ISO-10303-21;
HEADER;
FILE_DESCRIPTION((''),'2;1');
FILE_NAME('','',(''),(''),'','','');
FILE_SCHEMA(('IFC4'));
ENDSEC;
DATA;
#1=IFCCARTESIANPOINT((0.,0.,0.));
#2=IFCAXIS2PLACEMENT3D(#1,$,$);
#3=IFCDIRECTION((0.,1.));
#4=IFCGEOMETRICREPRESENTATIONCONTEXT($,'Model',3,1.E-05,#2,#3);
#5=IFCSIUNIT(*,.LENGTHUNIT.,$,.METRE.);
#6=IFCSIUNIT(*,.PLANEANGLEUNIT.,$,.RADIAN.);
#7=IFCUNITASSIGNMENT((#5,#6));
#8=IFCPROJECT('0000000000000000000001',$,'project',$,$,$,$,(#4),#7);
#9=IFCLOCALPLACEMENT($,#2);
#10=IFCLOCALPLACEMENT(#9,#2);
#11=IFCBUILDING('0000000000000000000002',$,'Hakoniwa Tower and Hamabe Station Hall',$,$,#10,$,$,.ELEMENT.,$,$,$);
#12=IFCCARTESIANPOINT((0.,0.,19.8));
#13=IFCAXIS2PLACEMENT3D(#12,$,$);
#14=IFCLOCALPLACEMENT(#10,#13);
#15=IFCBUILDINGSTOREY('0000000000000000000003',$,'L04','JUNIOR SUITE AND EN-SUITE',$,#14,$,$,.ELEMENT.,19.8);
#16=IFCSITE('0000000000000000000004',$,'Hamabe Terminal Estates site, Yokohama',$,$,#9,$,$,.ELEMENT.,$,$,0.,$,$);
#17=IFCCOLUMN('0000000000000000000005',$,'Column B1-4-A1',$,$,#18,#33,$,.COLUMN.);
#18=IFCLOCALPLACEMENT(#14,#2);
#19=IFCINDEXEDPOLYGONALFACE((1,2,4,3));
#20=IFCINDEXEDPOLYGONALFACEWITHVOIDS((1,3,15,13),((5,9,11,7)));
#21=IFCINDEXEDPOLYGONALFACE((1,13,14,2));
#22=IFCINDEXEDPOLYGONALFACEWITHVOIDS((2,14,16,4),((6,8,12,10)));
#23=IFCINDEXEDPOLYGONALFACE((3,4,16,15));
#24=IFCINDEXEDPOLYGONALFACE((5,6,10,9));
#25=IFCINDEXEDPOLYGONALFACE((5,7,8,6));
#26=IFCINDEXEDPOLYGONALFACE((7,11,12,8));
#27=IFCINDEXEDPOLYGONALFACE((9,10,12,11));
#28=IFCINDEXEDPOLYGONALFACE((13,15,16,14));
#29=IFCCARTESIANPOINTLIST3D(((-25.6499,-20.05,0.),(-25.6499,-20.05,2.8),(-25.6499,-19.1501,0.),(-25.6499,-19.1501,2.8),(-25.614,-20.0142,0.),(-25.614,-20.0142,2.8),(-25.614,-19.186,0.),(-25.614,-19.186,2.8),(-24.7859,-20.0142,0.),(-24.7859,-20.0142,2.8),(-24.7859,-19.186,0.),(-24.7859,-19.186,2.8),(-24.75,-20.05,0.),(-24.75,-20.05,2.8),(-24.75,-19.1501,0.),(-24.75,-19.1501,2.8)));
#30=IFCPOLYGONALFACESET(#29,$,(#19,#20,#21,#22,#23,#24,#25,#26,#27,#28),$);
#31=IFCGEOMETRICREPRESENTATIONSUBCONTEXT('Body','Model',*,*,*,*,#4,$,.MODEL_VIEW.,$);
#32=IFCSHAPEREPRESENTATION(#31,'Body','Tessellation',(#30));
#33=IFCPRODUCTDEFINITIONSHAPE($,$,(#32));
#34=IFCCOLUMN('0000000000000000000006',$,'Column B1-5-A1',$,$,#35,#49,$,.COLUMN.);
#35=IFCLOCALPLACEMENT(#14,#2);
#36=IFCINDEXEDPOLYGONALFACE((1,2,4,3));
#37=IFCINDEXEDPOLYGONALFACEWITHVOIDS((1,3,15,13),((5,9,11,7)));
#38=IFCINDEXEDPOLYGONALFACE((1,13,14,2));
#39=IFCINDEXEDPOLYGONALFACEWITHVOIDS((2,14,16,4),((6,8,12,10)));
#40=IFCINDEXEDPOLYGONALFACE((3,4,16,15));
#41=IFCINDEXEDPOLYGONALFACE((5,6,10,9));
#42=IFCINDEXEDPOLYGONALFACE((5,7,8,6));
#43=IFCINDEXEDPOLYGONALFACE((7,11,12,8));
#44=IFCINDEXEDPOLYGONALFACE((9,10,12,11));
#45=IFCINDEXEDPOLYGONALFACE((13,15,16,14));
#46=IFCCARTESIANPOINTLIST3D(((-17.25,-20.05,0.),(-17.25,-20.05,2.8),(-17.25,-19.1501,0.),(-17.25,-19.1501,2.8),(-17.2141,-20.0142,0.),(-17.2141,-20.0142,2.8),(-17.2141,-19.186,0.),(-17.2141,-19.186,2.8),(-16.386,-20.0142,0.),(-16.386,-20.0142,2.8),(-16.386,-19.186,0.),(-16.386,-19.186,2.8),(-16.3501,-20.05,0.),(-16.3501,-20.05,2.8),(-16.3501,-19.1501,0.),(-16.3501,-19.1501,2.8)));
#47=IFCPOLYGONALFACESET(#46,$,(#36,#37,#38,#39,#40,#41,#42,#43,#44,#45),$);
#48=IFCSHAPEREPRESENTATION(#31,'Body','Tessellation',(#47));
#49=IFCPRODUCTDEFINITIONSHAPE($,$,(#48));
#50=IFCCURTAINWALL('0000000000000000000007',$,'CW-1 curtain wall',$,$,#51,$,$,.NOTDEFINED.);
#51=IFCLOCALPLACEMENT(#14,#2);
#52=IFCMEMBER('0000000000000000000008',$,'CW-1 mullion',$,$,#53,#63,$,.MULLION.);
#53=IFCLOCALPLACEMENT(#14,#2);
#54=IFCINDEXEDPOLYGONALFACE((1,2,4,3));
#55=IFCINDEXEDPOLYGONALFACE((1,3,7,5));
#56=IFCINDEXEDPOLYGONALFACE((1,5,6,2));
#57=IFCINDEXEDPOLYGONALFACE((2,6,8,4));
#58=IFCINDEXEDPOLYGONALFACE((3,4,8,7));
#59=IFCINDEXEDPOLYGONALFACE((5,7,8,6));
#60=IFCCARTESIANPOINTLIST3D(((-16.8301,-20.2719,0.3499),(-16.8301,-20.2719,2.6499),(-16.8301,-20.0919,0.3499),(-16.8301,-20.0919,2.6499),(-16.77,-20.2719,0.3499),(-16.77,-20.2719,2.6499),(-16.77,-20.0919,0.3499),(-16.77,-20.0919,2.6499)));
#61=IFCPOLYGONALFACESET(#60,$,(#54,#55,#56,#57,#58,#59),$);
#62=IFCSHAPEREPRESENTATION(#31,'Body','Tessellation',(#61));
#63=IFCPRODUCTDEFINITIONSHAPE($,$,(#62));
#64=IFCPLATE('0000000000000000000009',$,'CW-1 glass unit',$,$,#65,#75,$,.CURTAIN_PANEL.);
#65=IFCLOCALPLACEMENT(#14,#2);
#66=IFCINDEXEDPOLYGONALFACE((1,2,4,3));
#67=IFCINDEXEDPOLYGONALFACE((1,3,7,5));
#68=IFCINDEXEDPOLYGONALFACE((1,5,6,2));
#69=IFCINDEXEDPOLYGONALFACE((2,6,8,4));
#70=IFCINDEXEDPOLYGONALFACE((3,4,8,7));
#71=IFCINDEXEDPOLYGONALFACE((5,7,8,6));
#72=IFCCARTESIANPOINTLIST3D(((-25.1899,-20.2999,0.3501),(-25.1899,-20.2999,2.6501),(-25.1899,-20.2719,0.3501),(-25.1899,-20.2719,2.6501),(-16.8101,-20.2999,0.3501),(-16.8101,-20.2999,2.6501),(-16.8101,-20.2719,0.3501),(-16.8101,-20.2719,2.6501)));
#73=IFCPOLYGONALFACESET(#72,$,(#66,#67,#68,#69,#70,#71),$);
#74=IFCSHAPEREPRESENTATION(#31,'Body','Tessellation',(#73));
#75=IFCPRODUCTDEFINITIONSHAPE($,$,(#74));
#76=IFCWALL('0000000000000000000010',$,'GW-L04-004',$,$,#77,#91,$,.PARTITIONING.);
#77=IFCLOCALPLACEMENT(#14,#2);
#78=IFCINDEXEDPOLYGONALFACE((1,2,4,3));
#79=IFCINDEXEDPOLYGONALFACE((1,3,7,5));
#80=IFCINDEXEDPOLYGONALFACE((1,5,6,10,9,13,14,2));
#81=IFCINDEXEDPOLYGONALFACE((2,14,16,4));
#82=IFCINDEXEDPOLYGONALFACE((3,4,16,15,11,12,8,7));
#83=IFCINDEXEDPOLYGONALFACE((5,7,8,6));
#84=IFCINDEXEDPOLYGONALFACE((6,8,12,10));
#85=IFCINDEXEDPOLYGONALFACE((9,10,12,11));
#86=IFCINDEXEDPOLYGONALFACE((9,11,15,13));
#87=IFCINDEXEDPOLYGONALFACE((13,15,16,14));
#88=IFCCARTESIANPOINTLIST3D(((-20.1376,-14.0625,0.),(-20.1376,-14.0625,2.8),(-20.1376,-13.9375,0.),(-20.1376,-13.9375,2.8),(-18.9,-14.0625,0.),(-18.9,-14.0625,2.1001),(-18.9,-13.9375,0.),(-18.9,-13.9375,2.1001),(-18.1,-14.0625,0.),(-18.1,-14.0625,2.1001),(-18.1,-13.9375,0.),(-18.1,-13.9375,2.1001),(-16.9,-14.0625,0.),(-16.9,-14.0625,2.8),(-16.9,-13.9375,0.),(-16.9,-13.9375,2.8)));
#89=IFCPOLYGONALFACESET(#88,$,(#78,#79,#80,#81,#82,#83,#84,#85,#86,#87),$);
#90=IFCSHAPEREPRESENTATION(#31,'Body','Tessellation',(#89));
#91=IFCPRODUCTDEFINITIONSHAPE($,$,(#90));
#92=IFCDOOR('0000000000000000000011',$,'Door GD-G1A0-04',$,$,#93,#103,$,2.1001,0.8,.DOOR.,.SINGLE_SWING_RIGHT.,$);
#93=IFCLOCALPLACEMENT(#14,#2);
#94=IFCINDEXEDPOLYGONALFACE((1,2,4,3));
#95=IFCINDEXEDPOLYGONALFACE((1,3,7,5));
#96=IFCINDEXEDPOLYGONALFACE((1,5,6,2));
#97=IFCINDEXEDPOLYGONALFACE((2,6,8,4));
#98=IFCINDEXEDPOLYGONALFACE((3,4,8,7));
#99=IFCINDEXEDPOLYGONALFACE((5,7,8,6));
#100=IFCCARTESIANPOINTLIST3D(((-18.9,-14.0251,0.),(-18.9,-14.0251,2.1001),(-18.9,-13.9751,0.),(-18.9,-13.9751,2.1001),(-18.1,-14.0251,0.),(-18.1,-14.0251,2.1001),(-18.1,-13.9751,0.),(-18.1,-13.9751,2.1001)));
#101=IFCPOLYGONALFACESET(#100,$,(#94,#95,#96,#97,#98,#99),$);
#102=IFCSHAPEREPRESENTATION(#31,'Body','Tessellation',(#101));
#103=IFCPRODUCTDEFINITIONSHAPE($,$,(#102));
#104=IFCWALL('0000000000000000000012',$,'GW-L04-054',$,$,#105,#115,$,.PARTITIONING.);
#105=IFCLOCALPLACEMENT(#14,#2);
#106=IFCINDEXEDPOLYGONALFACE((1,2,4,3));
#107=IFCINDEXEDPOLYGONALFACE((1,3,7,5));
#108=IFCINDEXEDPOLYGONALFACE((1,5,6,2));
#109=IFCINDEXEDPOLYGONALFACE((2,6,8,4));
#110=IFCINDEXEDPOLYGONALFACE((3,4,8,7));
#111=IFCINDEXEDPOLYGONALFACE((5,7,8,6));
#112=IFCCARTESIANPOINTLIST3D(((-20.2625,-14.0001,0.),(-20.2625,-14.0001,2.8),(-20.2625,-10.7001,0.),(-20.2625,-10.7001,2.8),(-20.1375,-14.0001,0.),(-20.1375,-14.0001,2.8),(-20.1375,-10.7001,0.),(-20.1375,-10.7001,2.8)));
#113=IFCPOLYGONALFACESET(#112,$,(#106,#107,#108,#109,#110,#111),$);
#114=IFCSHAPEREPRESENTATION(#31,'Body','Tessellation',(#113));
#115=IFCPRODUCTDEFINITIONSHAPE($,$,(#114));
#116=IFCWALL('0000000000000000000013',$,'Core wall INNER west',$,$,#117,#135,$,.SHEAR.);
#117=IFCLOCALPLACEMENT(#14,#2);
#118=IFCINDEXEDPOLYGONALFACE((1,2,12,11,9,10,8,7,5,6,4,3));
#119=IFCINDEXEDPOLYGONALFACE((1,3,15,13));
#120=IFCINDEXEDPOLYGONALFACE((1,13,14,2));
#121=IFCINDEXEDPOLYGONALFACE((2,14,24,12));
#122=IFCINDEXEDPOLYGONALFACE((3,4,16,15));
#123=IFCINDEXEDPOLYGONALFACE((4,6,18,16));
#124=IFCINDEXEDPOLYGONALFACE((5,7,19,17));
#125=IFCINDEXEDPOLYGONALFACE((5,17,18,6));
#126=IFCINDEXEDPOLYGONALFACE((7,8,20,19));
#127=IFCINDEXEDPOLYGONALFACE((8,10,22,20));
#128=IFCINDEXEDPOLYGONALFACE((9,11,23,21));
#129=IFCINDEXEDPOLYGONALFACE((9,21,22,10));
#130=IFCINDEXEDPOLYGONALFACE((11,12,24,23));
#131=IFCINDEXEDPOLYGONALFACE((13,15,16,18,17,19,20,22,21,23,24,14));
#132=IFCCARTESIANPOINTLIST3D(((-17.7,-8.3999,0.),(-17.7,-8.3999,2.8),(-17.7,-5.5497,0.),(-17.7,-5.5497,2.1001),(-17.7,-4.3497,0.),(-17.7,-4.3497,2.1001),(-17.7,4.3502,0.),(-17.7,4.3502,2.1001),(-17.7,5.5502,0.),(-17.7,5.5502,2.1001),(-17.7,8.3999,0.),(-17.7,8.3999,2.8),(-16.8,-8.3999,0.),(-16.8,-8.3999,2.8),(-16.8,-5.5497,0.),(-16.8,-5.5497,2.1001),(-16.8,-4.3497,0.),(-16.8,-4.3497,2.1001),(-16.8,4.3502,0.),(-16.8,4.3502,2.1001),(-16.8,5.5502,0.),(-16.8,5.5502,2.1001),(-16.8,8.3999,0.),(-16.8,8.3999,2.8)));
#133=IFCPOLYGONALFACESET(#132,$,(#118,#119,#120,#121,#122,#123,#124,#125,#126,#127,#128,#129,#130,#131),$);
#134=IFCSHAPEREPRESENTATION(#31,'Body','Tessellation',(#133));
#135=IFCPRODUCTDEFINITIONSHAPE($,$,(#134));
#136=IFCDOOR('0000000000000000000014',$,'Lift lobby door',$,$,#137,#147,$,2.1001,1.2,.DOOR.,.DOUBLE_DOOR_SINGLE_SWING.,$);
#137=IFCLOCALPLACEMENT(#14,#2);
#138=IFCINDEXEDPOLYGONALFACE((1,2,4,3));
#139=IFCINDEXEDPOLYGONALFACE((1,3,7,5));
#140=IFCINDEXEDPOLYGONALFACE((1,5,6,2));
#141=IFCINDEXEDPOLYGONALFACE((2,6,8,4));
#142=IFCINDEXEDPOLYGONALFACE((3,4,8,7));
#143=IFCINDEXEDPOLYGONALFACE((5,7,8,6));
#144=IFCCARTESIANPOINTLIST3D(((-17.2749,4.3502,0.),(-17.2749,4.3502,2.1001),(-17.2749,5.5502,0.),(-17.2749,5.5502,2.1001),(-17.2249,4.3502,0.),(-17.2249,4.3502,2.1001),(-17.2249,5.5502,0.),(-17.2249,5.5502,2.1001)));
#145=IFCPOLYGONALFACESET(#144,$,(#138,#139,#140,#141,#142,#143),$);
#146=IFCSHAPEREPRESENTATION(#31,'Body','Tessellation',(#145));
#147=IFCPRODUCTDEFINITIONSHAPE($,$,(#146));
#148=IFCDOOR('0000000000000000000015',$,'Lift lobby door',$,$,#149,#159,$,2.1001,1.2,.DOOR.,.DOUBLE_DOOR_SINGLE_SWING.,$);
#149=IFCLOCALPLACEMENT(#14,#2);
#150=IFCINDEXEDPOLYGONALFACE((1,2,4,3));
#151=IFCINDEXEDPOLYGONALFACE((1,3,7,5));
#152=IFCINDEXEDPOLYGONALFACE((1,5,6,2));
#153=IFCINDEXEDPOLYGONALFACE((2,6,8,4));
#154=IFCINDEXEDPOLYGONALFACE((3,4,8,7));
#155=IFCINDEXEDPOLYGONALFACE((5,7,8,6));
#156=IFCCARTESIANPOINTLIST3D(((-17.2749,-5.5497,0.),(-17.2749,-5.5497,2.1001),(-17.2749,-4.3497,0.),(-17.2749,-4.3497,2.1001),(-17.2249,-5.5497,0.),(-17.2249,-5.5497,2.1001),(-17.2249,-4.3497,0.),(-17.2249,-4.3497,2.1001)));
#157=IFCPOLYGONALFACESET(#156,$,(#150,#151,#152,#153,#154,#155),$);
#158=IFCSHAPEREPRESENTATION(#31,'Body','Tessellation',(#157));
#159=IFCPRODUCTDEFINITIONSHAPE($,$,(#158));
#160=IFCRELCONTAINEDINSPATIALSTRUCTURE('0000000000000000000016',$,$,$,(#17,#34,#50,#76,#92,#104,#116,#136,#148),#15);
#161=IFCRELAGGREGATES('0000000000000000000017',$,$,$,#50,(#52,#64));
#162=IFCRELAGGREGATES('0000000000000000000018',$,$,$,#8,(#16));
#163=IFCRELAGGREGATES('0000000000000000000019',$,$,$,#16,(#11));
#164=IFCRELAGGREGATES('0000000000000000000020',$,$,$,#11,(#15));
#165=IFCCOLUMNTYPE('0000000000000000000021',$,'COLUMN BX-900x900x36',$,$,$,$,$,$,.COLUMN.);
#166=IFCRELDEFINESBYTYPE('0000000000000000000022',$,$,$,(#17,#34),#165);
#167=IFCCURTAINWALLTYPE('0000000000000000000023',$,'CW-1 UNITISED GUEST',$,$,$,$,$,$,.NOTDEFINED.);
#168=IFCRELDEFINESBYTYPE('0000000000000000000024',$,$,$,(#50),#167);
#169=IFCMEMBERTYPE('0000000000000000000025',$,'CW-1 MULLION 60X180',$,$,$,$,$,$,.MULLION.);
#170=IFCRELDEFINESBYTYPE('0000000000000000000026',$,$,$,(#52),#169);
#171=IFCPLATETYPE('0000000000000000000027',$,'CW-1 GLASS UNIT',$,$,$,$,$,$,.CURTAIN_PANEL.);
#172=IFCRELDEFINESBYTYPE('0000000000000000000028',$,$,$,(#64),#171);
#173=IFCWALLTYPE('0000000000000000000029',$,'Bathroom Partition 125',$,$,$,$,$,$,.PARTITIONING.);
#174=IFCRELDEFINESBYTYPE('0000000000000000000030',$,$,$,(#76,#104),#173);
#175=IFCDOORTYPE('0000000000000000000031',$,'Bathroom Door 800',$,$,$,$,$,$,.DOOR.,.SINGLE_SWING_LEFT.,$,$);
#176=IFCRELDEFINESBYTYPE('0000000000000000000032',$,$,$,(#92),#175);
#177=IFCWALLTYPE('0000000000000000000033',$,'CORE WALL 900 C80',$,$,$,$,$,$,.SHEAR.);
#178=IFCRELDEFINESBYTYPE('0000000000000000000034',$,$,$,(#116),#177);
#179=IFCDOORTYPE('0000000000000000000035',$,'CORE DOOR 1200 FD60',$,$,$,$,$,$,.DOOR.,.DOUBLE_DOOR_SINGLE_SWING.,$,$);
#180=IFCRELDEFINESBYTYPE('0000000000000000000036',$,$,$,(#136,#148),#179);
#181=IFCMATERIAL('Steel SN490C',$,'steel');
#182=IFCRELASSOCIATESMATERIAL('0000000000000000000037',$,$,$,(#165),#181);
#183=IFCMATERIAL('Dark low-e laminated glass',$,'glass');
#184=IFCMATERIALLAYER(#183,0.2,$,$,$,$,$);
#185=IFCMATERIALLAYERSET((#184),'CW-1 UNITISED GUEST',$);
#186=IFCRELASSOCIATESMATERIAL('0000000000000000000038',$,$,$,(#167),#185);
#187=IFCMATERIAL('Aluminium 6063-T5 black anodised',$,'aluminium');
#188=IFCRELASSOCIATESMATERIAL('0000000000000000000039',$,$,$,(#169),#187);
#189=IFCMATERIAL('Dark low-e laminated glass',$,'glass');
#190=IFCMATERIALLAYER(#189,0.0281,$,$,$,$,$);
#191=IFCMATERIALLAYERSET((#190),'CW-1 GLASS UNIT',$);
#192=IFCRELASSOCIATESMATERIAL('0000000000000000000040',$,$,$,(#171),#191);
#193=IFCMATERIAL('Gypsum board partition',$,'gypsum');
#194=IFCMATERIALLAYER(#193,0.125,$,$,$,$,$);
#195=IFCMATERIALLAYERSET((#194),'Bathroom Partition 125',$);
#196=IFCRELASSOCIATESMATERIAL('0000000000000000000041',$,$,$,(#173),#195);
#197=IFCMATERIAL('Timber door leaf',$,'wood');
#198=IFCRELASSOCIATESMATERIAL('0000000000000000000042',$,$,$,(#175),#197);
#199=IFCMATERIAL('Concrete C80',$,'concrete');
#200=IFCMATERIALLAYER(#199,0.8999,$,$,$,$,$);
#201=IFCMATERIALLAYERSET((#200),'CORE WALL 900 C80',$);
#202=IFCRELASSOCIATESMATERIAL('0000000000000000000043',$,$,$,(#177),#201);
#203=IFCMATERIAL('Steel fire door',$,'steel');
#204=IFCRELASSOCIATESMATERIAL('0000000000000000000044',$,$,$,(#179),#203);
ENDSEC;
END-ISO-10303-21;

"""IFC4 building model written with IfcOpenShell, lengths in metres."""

from ifc_helpers import new_model, si_unit, direction, frame, frame_2d, origin, origin_2d, place, context, subcontext, project, spatial, rectangle, hollow_rectangle, extrude, material, layer, layer_set, material_profile, profile_set, type_object, element, fill, aggregate, save


model = new_model("IFC4")

# Units and contexts
model_context = context("Model", 3, precision=1e-05, world=origin(), true_north=direction((0.0, 1.0)))
body_context = subcontext(model_context, "Body", "Model", "MODEL_VIEW")
ifc_project = project(units=[si_unit("LENGTHUNIT", "METRE"), si_unit("PLANEANGLEUNIT", "RADIAN")], contexts=[model_context])

# Site, building, storey
site_placement = place(None, origin())
site = spatial("IfcSite", under=ifc_project, at=site_placement, Name="Hamabe Terminal Estates site, Yokohama", CompositionType="ELEMENT", RefElevation=0.0)
building_placement = place(site_placement, origin())
building = spatial("IfcBuilding", under=site, at=building_placement, Name="Hakoniwa Tower and Hamabe Station Hall", CompositionType="ELEMENT")
storey_placement = place(building_placement, frame((0.0, 0.0, 19.8)))
storey = spatial("IfcBuildingStorey", under=building, at=storey_placement, Name="L04", Description="JUNIOR SUITE AND EN-SUITE", CompositionType="ELEMENT", Elevation=19.8)

# Columns
ifc_material_1 = material(Name="Steel SN490C", Category="steel")
ifc_material_profile_1 = material_profile(ifc_material_1, hollow_rectangle(XDim=0.8999, YDim=0.8999, WallThickness=0.0359, at=origin_2d()), Name="BX-900x900x36")
ifc_profile_set_1 = profile_set([ifc_material_profile_1], Name="Steel SN490C")
column_type = type_object("IfcColumnType", Name="COLUMN BX-900x900x36", PredefinedType="COLUMN", material=ifc_profile_set_1)
for number, where, z_axis, x_axis, name in (
    (1, (-25.2, -19.6001, 0.0), (0.0, 0.0, 1.0), (1.0, 0.0, 0.0), "Column B1-4-A1"),
    (2, (-16.8, -19.6001, 0.0), (0.0, 0.0, 1.0), (1.0, 0.0, 0.0), "Column B1-5-A1"),
):
    element("IfcColumn", number, at=place(storey_placement, frame(where, z_axis=z_axis, x_axis=x_axis)), inside=storey, type_object=column_type, Name=name, PredefinedType="COLUMN", context=body_context, shape_type="SweptSolid", body=[
        extrude(hollow_rectangle(XDim=0.8999, YDim=0.8999, WallThickness=0.0359, at=origin_2d()), origin(), (0.0, 0.0, 1.0), 2.8),
    ])

# Curtain wall, member, plate
ifc_material_2 = material(Name="Dark low-e laminated glass", Category="glass")
ifc_layer_1 = layer(ifc_material_2, 0.2)
ifc_layer_set_1 = layer_set([ifc_layer_1], Name="CW-1 UNITISED GUEST")
curtain_wall_type = type_object("IfcCurtainWallType", Name="CW-1 UNITISED GUEST", PredefinedType="NOTDEFINED", material=ifc_layer_set_1)
curtain_wall_placement = place(storey_placement, origin())
curtain_wall = element("IfcCurtainWall", 3, at=curtain_wall_placement, inside=storey, type_object=curtain_wall_type, Name="CW-1 curtain wall", PredefinedType="NOTDEFINED")
ifc_material_3 = material(Name="Aluminium 6063-T5 black anodised", Category="aluminium")
ifc_material_profile_2 = material_profile(ifc_material_3, rectangle(XDim=0.0601, YDim=0.1799, at=origin_2d()), Name="CW-1 MULLION 60X180")
ifc_profile_set_2 = profile_set([ifc_material_profile_2], Name="Aluminium 6063-T5 black anodised")
member_type = type_object("IfcMemberType", Name="CW-1 MULLION 60X180", PredefinedType="MULLION", material=ifc_profile_set_2)
member_placement = place(storey_placement, frame((-16.8, -20.1819, 0.3499), z_axis=(0.0, 0.0, 1.0), x_axis=(1.0, 0.0, 0.0)))
member = element("IfcMember", 4, at=member_placement, type_object=member_type, Name="CW-1 mullion", PredefinedType="MULLION", context=body_context, shape_type="SweptSolid", body=[
    extrude(rectangle(XDim=0.0601, YDim=0.1799, at=origin_2d()), origin(), (0.0, 0.0, 1.0), 2.3),
])
ifc_material_4 = material(Name="Dark low-e laminated glass", Category="glass")
ifc_layer_2 = layer(ifc_material_4, 0.0281)
ifc_layer_set_2 = layer_set([ifc_layer_2], Name="CW-1 GLASS UNIT")
plate_type = type_object("IfcPlateType", Name="CW-1 GLASS UNIT", PredefinedType="CURTAIN_PANEL", material=ifc_layer_set_2)
plate_placement = place(storey_placement, frame((-21.0, -20.2859, 0.3501), z_axis=(0.0, 0.0, 1.0), x_axis=(1.0, 0.0, 0.0)))
plate = element("IfcPlate", 5, at=plate_placement, type_object=plate_type, Name="CW-1 glass unit", PredefinedType="CURTAIN_PANEL", context=body_context, shape_type="SweptSolid", body=[
    extrude(rectangle(XDim=8.3799, YDim=0.0281, at=origin_2d()), origin(), (0.0, 0.0, 1.0), 2.3),
])
aggregate(curtain_wall, [member, plate])

# Wall, opening, door
ifc_material_5 = material(Name="Gypsum board partition", Category="gypsum")
ifc_layer_3 = layer(ifc_material_5, 0.125)
ifc_layer_set_3 = layer_set([ifc_layer_3], Name="Bathroom Partition 125")
wall_type_1 = type_object("IfcWallType", Name="Bathroom Partition 125", PredefinedType="PARTITIONING", material=ifc_layer_set_3)
wall_1_placement = place(storey_placement, frame((-20.1375, -14.0, 0.0), z_axis=(0.0, 0.0, 1.0), x_axis=(1.0, 0.0, 0.0)))
wall_1 = element("IfcWall", 6, at=wall_1_placement, inside=storey, type_object=wall_type_1, Name="GW-L04-004", PredefinedType="PARTITIONING", context=body_context, shape_type="SweptSolid", body=[
    extrude(rectangle(XDim=3.2375, YDim=0.125, at=frame_2d((1.6187, 0.0))), origin(), (0.0, 0.0, 1.0), 2.8),
])
opening_1_placement = place(wall_1_placement, frame((1.2375, 0.0, 0.0)))
opening_1 = element("IfcOpeningElement", 7, at=opening_1_placement, cuts=wall_1, PredefinedType="OPENING", context=body_context, shape_type="SweptSolid", body=[
    extrude(rectangle(XDim=0.8, YDim=2.1001, at=frame_2d((0.3999, 1.05))), frame((0.0, 0.0725, 0.0), z_axis=(0.0, -1.0, 0.0), x_axis=(1.0, 0.0, 0.0)), (0.0, 0.0, 1.0), 0.145),
])
ifc_material_6 = material(Name="Timber door leaf", Category="wood")
door_type_1 = type_object("IfcDoorType", Name="Bathroom Door 800", OperationType="SINGLE_SWING_LEFT", PredefinedType="DOOR", material=ifc_material_6)
door_1_placement = place(opening_1_placement, origin())
door_1 = element("IfcDoor", 8, at=door_1_placement, inside=storey, type_object=door_type_1, Name="Door GD-G1A0-04", OperationType="SINGLE_SWING_RIGHT", OverallHeight=2.1001, OverallWidth=0.8, PredefinedType="DOOR", context=body_context, shape_type="SweptSolid", body=[
    extrude(rectangle(XDim=0.8, YDim=2.1001, at=frame_2d((0.3999, 1.05))), frame((0.0, 0.0249, 0.0), z_axis=(0.0, -1.0, 0.0), x_axis=(1.0, 0.0, 0.0)), (0.0, 0.0, 1.0), 0.05),
])
fill(opening_1, door_1)

# Wall
wall_2_placement = place(storey_placement, frame((-20.2, -14.0, 0.0), z_axis=(0.0, 0.0, 1.0), x_axis=(0.0, 1.0, 0.0)))
element("IfcWall", 9, at=wall_2_placement, inside=storey, type_object=wall_type_1, Name="GW-L04-054", PredefinedType="PARTITIONING", context=body_context, shape_type="SweptSolid", body=[
    extrude(rectangle(XDim=3.3, YDim=0.125, at=frame_2d((1.6499, 0.0))), origin(), (0.0, 0.0, 1.0), 2.8),
])

# Wall, openings, doors
ifc_material_7 = material(Name="Concrete C80", Category="concrete")
ifc_layer_4 = layer(ifc_material_7, 0.8999)
ifc_layer_set_4 = layer_set([ifc_layer_4], Name="CORE WALL 900 C80")
wall_type_2 = type_object("IfcWallType", Name="CORE WALL 900 C80", PredefinedType="SHEAR", material=ifc_layer_set_4)
wall_3_placement = place(storey_placement, frame((-17.25, -8.3999, 0.0), z_axis=(0.0, 0.0, 1.0), x_axis=(0.0, 1.0, 0.0)))
wall_3 = element("IfcWall", 10, at=wall_3_placement, inside=storey, type_object=wall_type_2, Name="Core wall INNER west", PredefinedType="SHEAR", context=body_context, shape_type="SweptSolid", body=[
    extrude(rectangle(XDim=16.7998, YDim=0.8999, at=frame_2d((8.3999, 0.0))), origin(), (0.0, 0.0, 1.0), 2.8),
])
opening_2_placement = place(wall_3_placement, frame((12.75, 0.0, 0.0)))
opening_2 = element("IfcOpeningElement", 11, at=opening_2_placement, cuts=wall_3, PredefinedType="OPENING", context=body_context, shape_type="SweptSolid", body=[
    extrude(rectangle(XDim=1.2, YDim=2.1001, at=frame_2d((0.6001, 1.05))), frame((0.0, 0.46, 0.0), z_axis=(0.0, -1.0, 0.0), x_axis=(1.0, 0.0, 0.0)), (0.0, 0.0, 1.0), 0.9199),
])
opening_3_placement = place(wall_3_placement, frame((2.8501, 0.0, 0.0)))
opening_3 = element("IfcOpeningElement", 12, at=opening_3_placement, cuts=wall_3, PredefinedType="OPENING", context=body_context, shape_type="SweptSolid", body=[
    extrude(rectangle(XDim=1.2, YDim=2.1001, at=frame_2d((0.6001, 1.05))), frame((0.0, 0.46, 0.0), z_axis=(0.0, -1.0, 0.0), x_axis=(1.0, 0.0, 0.0)), (0.0, 0.0, 1.0), 0.9199),
])
ifc_material_8 = material(Name="Steel fire door", Category="steel")
door_type_2 = type_object("IfcDoorType", Name="CORE DOOR 1200 FD60", OperationType="DOUBLE_DOOR_SINGLE_SWING", PredefinedType="DOOR", material=ifc_material_8)
door_2_placement = place(opening_2_placement, origin())
door_2 = element("IfcDoor", 13, at=door_2_placement, inside=storey, type_object=door_type_2, Name="Lift lobby door", OperationType="DOUBLE_DOOR_SINGLE_SWING", OverallHeight=2.1001, OverallWidth=1.2, PredefinedType="DOOR", context=body_context, shape_type="SweptSolid", body=[
    extrude(rectangle(XDim=1.2, YDim=2.1001, at=frame_2d((0.6001, 1.05))), frame((0.0, 0.0249, 0.0), z_axis=(0.0, -1.0, 0.0), x_axis=(1.0, 0.0, 0.0)), (0.0, 0.0, 1.0), 0.05),
])
fill(opening_2, door_2)
door_3_placement = place(opening_3_placement, origin())
door_3 = element("IfcDoor", 14, at=door_3_placement, inside=storey, type_object=door_type_2, Name="Lift lobby door", OperationType="DOUBLE_DOOR_SINGLE_SWING", OverallHeight=2.1001, OverallWidth=1.2, PredefinedType="DOOR", context=body_context, shape_type="SweptSolid", body=[
    extrude(rectangle(XDim=1.2, YDim=2.1001, at=frame_2d((0.6001, 1.05))), frame((0.0, 0.0249, 0.0), z_axis=(0.0, -1.0, 0.0), x_axis=(1.0, 0.0, 0.0)), (0.0, 0.0, 1.0), 0.05),
])
fill(opening_3, door_3)

save(model, "model.ifc")
